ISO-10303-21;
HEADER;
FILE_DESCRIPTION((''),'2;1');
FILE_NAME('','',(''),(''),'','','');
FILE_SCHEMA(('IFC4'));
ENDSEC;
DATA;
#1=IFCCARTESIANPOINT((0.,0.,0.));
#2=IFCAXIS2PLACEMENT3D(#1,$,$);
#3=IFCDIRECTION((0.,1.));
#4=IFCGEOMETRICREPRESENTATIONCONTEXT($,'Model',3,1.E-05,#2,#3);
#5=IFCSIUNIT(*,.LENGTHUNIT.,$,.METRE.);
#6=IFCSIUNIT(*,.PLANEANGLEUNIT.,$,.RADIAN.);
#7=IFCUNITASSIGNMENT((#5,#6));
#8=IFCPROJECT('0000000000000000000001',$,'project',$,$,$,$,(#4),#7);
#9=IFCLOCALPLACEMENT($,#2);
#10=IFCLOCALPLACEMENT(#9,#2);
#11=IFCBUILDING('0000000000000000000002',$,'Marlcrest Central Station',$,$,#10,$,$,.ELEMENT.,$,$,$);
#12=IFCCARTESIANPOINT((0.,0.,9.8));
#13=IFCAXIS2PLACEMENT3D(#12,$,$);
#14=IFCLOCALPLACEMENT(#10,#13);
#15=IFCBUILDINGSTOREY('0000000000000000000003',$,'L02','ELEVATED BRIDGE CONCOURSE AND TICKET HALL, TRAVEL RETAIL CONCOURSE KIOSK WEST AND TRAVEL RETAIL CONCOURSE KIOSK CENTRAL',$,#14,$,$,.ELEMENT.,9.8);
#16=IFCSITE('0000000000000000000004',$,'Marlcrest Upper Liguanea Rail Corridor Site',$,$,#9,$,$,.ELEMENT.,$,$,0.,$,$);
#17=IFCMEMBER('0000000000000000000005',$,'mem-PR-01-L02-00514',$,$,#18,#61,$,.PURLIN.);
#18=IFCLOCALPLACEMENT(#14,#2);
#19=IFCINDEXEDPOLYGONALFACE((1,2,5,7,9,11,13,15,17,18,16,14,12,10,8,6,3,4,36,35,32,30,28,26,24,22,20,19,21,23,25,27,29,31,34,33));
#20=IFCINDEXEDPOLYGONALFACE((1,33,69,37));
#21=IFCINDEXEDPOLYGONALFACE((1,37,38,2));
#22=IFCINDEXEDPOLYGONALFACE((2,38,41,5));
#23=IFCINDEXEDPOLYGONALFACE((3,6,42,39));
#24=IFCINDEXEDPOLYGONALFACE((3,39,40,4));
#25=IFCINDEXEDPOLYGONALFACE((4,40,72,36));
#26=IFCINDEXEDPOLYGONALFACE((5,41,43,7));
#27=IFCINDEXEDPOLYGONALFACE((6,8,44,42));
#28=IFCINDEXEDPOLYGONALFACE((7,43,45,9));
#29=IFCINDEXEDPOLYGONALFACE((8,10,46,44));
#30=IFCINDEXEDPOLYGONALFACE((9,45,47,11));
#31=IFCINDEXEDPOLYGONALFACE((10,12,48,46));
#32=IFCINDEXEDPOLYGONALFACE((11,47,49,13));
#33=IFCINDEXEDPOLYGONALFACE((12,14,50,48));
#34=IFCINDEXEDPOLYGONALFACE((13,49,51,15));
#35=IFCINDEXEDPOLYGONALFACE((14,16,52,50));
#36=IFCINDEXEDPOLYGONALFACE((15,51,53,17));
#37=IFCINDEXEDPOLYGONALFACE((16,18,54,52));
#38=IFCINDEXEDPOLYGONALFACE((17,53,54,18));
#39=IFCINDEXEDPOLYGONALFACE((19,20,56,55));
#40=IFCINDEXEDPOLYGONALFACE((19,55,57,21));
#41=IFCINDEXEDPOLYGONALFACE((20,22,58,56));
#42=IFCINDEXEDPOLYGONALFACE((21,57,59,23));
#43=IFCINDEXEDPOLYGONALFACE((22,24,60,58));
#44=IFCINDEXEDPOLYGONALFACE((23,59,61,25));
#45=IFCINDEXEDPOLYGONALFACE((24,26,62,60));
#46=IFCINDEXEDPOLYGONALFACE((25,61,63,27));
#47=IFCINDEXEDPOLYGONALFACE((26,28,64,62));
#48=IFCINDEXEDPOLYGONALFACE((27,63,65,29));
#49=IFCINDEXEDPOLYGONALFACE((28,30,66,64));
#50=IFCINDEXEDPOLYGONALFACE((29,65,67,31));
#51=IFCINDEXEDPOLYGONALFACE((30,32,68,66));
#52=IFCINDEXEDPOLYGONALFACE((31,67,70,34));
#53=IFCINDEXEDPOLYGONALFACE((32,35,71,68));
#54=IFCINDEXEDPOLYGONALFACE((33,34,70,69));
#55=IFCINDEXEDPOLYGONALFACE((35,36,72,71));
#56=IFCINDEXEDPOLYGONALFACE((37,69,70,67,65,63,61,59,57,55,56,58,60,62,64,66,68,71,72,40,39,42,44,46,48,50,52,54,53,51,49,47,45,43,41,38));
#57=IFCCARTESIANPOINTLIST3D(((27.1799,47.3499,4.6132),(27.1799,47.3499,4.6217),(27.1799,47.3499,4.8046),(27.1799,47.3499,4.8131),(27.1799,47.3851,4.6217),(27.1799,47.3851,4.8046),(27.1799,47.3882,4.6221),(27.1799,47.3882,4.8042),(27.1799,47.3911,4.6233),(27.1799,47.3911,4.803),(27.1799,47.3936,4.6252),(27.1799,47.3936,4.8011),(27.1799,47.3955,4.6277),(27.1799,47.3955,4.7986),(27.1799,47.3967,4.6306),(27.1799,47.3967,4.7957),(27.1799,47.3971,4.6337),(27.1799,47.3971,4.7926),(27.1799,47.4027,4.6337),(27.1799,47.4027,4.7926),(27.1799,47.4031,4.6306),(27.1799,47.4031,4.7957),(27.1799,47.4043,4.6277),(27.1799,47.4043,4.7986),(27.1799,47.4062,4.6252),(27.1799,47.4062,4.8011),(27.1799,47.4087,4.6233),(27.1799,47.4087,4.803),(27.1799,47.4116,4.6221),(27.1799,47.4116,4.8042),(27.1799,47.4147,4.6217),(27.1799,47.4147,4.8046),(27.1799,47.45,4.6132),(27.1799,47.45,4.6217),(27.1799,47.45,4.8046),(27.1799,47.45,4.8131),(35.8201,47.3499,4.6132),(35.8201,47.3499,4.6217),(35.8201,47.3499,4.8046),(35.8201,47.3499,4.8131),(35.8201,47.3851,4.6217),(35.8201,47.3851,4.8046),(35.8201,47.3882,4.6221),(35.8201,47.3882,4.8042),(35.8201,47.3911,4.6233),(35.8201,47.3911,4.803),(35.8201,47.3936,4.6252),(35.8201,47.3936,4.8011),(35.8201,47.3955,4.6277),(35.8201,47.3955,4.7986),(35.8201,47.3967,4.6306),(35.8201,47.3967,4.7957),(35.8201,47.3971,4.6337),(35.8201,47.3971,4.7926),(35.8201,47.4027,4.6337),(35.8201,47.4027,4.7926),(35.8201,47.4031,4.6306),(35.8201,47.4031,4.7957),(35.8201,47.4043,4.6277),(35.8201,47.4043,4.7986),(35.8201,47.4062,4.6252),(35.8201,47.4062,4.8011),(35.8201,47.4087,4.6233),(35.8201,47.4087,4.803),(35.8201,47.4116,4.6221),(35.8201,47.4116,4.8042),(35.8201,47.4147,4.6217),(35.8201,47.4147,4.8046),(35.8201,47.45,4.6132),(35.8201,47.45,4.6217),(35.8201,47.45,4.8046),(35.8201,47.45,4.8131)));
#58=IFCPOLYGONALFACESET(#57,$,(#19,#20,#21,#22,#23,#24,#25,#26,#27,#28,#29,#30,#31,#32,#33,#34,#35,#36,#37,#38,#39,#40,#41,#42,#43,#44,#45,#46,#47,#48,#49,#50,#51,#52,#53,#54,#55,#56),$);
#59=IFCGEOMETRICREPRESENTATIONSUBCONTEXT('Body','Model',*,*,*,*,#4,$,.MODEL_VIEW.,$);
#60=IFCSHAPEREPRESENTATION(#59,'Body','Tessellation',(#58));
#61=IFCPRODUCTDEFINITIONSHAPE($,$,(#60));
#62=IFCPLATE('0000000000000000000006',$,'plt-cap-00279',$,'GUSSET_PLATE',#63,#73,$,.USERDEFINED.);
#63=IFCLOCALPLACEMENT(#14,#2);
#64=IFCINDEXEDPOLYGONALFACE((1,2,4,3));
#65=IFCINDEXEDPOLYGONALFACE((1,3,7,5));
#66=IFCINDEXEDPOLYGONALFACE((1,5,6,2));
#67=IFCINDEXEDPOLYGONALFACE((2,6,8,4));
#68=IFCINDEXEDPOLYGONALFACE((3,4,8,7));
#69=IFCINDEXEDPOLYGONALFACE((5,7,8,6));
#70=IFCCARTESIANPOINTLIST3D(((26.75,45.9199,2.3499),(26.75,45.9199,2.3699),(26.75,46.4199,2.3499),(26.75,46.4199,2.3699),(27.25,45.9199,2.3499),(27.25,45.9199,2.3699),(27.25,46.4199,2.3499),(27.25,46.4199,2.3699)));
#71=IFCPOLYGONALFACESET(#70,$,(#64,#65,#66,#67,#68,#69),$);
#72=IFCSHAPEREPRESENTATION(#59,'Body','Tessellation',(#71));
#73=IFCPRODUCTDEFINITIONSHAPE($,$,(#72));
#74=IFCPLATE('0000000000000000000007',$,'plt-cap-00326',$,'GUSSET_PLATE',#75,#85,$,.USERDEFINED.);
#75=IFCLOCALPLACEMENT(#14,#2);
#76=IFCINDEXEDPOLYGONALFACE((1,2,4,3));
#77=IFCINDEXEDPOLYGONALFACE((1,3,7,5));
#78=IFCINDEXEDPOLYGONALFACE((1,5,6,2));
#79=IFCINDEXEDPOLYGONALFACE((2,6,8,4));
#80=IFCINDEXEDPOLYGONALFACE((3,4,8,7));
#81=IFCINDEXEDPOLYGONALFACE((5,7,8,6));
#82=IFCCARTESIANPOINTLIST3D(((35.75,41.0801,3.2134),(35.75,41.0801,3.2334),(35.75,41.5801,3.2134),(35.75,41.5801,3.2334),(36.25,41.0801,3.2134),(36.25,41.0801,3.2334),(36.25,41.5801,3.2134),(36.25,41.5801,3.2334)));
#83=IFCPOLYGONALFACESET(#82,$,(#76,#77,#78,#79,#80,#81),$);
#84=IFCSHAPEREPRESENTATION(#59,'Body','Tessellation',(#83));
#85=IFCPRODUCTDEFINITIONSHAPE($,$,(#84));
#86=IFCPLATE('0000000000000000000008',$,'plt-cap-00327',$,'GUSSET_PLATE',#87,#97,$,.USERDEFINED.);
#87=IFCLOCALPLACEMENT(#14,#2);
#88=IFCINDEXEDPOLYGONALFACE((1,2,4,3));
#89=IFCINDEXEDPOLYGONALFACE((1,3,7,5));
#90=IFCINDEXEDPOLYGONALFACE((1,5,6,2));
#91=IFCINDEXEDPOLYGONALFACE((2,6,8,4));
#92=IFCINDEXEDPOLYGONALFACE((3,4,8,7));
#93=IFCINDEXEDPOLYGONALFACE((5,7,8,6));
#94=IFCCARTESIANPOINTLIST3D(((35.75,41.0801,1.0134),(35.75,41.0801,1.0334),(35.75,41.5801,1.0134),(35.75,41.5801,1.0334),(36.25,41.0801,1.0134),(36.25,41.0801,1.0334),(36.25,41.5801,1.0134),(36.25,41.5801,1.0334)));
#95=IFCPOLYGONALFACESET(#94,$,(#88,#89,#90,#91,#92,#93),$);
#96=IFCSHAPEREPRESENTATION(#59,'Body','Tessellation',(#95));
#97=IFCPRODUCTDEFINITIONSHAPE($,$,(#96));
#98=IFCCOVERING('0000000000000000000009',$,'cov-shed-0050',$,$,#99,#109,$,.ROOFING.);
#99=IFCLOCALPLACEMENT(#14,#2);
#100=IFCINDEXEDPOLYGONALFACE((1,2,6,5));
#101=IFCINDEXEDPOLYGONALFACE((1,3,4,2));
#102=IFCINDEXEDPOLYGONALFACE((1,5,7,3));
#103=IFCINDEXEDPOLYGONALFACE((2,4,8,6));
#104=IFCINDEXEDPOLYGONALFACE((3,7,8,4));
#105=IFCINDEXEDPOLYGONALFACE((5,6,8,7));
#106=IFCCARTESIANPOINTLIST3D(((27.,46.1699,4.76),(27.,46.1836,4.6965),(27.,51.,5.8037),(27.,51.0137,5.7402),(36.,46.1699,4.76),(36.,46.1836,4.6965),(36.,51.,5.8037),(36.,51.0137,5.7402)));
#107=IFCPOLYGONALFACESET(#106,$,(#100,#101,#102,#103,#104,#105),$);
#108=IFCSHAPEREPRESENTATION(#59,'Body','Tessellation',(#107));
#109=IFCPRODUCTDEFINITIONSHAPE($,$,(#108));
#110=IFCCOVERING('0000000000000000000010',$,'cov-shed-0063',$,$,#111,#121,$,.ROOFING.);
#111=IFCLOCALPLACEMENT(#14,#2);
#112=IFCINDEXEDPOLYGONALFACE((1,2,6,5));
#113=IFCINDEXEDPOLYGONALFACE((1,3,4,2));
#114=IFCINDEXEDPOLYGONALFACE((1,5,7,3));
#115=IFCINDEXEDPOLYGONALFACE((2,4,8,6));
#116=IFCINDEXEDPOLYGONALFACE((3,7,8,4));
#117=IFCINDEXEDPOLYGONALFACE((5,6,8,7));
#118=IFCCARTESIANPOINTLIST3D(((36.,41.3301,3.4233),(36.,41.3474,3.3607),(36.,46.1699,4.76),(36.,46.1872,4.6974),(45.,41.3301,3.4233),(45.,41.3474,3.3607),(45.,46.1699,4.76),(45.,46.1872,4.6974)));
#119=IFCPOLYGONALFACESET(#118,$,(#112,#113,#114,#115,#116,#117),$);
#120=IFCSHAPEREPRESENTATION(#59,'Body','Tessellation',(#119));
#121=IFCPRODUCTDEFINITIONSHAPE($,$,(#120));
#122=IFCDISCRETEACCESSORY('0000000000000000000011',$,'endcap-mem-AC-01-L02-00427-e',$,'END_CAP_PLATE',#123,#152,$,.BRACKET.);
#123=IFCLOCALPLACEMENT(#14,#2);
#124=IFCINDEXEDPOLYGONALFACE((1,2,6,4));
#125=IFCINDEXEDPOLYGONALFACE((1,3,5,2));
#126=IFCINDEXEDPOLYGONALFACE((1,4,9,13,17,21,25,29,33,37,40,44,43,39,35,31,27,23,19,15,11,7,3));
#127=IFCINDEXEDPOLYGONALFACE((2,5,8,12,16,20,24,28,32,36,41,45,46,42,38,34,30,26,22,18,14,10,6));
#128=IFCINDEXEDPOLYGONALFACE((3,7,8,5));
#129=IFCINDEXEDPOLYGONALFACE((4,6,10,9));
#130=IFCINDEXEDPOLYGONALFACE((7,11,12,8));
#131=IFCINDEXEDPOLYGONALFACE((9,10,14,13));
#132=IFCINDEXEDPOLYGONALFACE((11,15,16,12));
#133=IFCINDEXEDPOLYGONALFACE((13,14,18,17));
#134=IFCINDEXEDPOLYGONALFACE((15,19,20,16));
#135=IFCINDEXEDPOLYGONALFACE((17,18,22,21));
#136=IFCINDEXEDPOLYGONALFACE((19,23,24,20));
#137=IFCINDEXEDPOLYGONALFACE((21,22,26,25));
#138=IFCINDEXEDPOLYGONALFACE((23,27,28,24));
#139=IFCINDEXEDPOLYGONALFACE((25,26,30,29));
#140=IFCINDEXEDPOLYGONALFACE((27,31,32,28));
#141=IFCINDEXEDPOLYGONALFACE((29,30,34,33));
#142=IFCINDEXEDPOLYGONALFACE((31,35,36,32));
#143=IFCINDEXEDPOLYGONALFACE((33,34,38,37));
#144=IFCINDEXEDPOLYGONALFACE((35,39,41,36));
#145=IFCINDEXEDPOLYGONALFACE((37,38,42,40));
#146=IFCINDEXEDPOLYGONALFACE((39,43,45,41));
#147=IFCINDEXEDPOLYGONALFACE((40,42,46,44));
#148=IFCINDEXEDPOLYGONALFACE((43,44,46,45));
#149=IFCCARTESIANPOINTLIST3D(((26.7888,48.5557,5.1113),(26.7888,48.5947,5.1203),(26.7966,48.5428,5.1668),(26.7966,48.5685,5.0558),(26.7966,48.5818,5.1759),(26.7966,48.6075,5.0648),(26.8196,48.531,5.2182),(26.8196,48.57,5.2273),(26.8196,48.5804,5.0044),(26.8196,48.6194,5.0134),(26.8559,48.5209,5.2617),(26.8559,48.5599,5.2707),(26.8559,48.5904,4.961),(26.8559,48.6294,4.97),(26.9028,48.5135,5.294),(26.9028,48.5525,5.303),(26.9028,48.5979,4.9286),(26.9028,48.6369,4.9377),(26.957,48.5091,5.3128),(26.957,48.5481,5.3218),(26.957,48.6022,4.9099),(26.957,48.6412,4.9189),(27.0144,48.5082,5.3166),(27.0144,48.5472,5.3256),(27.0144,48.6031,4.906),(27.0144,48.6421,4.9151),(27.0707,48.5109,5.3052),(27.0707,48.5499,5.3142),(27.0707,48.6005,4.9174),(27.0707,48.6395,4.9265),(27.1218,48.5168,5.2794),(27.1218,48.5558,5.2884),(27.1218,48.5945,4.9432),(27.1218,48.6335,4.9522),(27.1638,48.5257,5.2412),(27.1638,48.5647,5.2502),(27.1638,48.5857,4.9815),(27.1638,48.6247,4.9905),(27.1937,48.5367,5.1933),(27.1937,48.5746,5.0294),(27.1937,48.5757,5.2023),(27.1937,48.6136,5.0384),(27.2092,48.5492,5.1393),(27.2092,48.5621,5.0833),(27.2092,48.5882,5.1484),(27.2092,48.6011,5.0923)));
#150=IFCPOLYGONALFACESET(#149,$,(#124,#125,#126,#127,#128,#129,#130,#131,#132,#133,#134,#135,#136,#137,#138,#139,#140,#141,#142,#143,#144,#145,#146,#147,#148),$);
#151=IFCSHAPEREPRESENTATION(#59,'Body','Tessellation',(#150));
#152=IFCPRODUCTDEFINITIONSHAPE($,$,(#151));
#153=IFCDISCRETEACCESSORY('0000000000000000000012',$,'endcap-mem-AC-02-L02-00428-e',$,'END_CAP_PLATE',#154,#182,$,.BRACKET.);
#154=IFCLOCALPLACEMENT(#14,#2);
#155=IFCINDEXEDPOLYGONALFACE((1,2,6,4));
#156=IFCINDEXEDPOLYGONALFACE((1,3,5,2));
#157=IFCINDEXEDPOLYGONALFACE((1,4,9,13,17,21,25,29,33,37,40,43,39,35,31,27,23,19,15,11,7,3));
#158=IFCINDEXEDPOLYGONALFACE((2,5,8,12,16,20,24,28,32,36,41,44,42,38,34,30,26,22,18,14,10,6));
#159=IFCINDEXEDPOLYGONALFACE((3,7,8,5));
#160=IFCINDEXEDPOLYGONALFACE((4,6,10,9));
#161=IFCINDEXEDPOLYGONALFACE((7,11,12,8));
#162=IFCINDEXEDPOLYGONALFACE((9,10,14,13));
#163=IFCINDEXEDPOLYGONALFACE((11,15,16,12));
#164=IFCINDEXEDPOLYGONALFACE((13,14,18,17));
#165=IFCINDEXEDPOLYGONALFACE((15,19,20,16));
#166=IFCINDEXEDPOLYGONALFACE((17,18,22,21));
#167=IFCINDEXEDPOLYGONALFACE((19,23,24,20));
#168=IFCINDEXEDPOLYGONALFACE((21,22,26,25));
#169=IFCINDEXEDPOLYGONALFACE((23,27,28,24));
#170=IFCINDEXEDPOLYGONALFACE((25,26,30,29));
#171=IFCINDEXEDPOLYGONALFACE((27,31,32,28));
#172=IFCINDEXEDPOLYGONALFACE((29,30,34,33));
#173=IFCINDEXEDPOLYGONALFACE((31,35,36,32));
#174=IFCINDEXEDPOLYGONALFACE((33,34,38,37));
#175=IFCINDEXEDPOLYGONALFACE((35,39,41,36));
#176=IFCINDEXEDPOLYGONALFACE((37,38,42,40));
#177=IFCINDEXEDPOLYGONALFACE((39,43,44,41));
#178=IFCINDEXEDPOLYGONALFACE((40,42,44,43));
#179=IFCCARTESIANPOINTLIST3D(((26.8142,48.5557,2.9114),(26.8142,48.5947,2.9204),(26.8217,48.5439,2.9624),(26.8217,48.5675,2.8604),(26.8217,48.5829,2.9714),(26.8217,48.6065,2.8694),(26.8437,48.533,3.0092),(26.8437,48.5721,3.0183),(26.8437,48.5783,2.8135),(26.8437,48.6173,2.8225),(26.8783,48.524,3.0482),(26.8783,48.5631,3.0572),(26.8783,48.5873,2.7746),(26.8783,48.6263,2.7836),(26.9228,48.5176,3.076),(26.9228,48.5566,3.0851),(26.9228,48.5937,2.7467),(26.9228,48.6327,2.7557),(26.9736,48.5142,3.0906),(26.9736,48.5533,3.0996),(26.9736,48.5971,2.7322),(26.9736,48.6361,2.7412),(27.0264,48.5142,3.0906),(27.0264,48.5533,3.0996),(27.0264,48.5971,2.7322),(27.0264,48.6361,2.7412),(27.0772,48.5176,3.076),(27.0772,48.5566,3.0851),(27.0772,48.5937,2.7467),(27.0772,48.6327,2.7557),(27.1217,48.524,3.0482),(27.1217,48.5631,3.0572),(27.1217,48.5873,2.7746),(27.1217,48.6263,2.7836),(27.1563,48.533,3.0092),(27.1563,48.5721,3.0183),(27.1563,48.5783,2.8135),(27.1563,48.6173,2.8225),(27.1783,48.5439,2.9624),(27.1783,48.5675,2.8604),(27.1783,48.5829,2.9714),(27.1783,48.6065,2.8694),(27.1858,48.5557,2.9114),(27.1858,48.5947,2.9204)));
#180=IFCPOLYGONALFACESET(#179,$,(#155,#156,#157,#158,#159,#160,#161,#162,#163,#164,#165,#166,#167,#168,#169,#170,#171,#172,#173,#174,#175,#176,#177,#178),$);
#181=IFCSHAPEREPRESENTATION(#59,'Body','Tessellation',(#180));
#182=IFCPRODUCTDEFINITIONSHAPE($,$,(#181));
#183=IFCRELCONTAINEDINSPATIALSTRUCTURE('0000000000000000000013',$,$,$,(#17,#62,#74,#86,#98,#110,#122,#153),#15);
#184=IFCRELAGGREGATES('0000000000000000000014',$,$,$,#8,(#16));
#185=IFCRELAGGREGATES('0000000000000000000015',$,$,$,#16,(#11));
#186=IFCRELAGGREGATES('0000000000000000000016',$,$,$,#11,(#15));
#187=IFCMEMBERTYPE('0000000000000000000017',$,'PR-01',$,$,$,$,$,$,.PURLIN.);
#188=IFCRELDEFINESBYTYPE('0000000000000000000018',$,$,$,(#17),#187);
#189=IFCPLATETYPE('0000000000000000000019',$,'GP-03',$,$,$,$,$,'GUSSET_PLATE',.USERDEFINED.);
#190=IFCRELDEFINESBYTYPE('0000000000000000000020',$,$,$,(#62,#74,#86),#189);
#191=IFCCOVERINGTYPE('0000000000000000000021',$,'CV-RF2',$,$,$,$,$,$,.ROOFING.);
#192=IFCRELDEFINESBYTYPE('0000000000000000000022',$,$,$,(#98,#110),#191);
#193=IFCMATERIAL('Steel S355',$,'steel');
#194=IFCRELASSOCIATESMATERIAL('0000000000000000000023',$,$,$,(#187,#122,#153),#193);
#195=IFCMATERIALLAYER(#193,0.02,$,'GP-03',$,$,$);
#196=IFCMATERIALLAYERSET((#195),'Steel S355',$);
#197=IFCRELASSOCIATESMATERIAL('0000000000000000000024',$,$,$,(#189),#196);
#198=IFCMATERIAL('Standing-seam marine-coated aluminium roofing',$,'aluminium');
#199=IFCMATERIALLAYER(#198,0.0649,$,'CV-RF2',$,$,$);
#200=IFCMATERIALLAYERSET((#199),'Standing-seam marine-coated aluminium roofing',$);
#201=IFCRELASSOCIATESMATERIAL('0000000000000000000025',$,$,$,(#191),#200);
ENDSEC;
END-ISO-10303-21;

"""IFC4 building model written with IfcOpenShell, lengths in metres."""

from ifc_helpers import new_model, si_unit, direction, frame, origin, origin_2d, place, context, subcontext, project, spatial, polyline, rectangle, circle, i_section, outline, extrude, material, layer, layer_set, material_profile, profile_set, type_object, element, save


model = new_model("IFC4")

# Units and contexts
model_context = context("Model", 3, precision=1e-05, world=origin(), true_north=direction((0.0, 1.0)))
body_context = subcontext(model_context, "Body", "Model", "MODEL_VIEW")
ifc_project = project(units=[si_unit("LENGTHUNIT", "METRE"), si_unit("PLANEANGLEUNIT", "RADIAN")], contexts=[model_context])

# Site, building, storey
site_placement = place(None, origin())
site = spatial("IfcSite", under=ifc_project, at=site_placement, Name="Marlcrest Upper Liguanea Rail Corridor Site", CompositionType="ELEMENT", RefElevation=0.0)
building_placement = place(site_placement, origin())
building = spatial("IfcBuilding", under=site, at=building_placement, Name="Marlcrest Central Station", CompositionType="ELEMENT")
storey_placement = place(building_placement, frame((0.0, 0.0, 9.8)))
storey = spatial("IfcBuildingStorey", under=building, at=storey_placement, Name="L02", Description="ELEVATED BRIDGE CONCOURSE AND TICKET HALL, TRAVEL RETAIL CONCOURSE KIOSK WEST AND TRAVEL RETAIL CONCOURSE KIOSK CENTRAL", CompositionType="ELEMENT", Elevation=9.8)

# Member
ifc_material_1 = material(Name="Steel S355", Category="steel")
ifc_material_profile_1 = material_profile(ifc_material_1, i_section(OverallWidth=0.1001, OverallDepth=0.2, WebThickness=0.0056, FlangeThickness=0.0085, FilletRadius=0.012, at=origin_2d()), Name="IPE 200")
ifc_profile_set_1 = profile_set([ifc_material_profile_1], Name="Steel S355")
member_type_1 = type_object("IfcMemberType", Name="PR-01", PredefinedType="PURLIN", material=ifc_profile_set_1)
for number, where, z_axis, x_axis, name in (
    (1, (27.1799, 47.3999, 4.7131), (1.0, 0.0, 0.0), (0.0, 1.0, 0.0), "mem-PR-01-L02-00514"),
):
    element("IfcMember", number, at=place(storey_placement, frame(where, z_axis=z_axis, x_axis=x_axis)), inside=storey, type_object=member_type_1, Name=name, PredefinedType="PURLIN", context=body_context, shape_type="SweptSolid", body=[
        extrude(i_section(OverallWidth=0.1001, OverallDepth=0.2, WebThickness=0.0056, FlangeThickness=0.0085, FilletRadius=0.012, at=origin_2d()), origin(), (0.0, 0.0, 1.0), 8.6401),
    ])

# Plates
ifc_layer_1 = layer(ifc_material_1, 0.02, Name="GP-03")
ifc_layer_set_1 = layer_set([ifc_layer_1], Name="Steel S355")
plate_type = type_object("IfcPlateType", Name="GP-03", ElementType="GUSSET_PLATE", PredefinedType="USERDEFINED", material=ifc_layer_set_1)
for number, where, z_axis, x_axis, name in (
    (2, (27.0, 46.1699, 2.3499), (0.0, 0.0, 1.0), (1.0, 0.0, 0.0), "plt-cap-00279"),
    (3, (36.0, 41.3301, 3.2134), (0.0, 0.0, 1.0), (1.0, 0.0, 0.0), "plt-cap-00326"),
    (4, (36.0, 41.3301, 1.0134), (0.0, 0.0, 1.0), (1.0, 0.0, 0.0), "plt-cap-00327"),
):
    element("IfcPlate", number, at=place(storey_placement, frame(where, z_axis=z_axis, x_axis=x_axis)), inside=storey, type_object=plate_type, Name=name, ObjectType="GUSSET_PLATE", PredefinedType="USERDEFINED", context=body_context, shape_type="SweptSolid", body=[
        extrude(rectangle(XDim=0.5, YDim=0.5, at=origin_2d()), origin(), (0.0, 0.0, 1.0), 0.02),
    ])

# Coverings
ifc_material_2 = material(Name="Standing-seam marine-coated aluminium roofing", Category="aluminium")
ifc_layer_2 = layer(ifc_material_2, 0.0649, Name="CV-RF2")
ifc_layer_set_2 = layer_set([ifc_layer_2], Name="Standing-seam marine-coated aluminium roofing")
covering_type = type_object("IfcCoveringType", Name="CV-RF2", PredefinedType="ROOFING", material=ifc_layer_set_2)
covering_1_placement = place(storey_placement, frame((27.0, 46.1699, 4.76), z_axis=(0.0, -0.211209, 0.977441), x_axis=(1.0, 0.0, 0.0)))
element("IfcCovering", 5, at=covering_1_placement, inside=storey, type_object=covering_type, Name="cov-shed-0050", PredefinedType="ROOFING", context=body_context, shape_type="SweptSolid", body=[
    extrude(outline(polyline([(0.0, 0.0), (9.0, 0.0), (9.0, 4.9416), (0.0, 4.9416), (0.0, 0.0)])), origin(), (0.0, 0.0, -1.0), 0.0649),
])
covering_2_placement = place(storey_placement, frame((36.0, 41.3301, 3.4233), z_axis=(0.0, -0.266214, 0.963914), x_axis=(1.0, 0.0, 0.0)))
element("IfcCovering", 6, at=covering_2_placement, inside=storey, type_object=covering_type, Name="cov-shed-0063", PredefinedType="ROOFING", context=body_context, shape_type="SweptSolid", body=[
    extrude(outline(polyline([(0.0, 0.0), (9.0, 0.0), (9.0, 5.021), (0.0, 5.021), (0.0, 0.0)])), origin(), (0.0, 0.0, -1.0), 0.0649),
])

# Discrete accessories
discrete_accessory_1_placement = place(storey_placement, frame((27.0, 48.5557, 5.1113), z_axis=(0.0, 0.97433, 0.225126), x_axis=(-1.0, 0.0, 0.0)))
element("IfcDiscreteAccessory", 7, at=discrete_accessory_1_placement, inside=storey, material=ifc_material_1, Name="endcap-mem-AC-01-L02-00427-e", ObjectType="END_CAP_PLATE", PredefinedType="BRACKET", context=body_context, shape_type="SweptSolid", body=[
    extrude(circle(Radius=0.2112, at=origin_2d()), origin(), (0.0, 0.0, 1.0), 0.04),
])
discrete_accessory_2_placement = place(storey_placement, frame((27.0, 48.5557, 2.9114), z_axis=(0.0, 0.974308, 0.22522), x_axis=(-1.0, 0.0, 0.0)))
element("IfcDiscreteAccessory", 8, at=discrete_accessory_2_placement, inside=storey, material=ifc_material_1, Name="endcap-mem-AC-02-L02-00428-e", ObjectType="END_CAP_PLATE", PredefinedType="BRACKET", context=body_context, shape_type="SweptSolid", body=[
    extrude(circle(Radius=0.1858, at=origin_2d()), origin(), (0.0, 0.0, 1.0), 0.04),
])

save(model, "model.ifc")
